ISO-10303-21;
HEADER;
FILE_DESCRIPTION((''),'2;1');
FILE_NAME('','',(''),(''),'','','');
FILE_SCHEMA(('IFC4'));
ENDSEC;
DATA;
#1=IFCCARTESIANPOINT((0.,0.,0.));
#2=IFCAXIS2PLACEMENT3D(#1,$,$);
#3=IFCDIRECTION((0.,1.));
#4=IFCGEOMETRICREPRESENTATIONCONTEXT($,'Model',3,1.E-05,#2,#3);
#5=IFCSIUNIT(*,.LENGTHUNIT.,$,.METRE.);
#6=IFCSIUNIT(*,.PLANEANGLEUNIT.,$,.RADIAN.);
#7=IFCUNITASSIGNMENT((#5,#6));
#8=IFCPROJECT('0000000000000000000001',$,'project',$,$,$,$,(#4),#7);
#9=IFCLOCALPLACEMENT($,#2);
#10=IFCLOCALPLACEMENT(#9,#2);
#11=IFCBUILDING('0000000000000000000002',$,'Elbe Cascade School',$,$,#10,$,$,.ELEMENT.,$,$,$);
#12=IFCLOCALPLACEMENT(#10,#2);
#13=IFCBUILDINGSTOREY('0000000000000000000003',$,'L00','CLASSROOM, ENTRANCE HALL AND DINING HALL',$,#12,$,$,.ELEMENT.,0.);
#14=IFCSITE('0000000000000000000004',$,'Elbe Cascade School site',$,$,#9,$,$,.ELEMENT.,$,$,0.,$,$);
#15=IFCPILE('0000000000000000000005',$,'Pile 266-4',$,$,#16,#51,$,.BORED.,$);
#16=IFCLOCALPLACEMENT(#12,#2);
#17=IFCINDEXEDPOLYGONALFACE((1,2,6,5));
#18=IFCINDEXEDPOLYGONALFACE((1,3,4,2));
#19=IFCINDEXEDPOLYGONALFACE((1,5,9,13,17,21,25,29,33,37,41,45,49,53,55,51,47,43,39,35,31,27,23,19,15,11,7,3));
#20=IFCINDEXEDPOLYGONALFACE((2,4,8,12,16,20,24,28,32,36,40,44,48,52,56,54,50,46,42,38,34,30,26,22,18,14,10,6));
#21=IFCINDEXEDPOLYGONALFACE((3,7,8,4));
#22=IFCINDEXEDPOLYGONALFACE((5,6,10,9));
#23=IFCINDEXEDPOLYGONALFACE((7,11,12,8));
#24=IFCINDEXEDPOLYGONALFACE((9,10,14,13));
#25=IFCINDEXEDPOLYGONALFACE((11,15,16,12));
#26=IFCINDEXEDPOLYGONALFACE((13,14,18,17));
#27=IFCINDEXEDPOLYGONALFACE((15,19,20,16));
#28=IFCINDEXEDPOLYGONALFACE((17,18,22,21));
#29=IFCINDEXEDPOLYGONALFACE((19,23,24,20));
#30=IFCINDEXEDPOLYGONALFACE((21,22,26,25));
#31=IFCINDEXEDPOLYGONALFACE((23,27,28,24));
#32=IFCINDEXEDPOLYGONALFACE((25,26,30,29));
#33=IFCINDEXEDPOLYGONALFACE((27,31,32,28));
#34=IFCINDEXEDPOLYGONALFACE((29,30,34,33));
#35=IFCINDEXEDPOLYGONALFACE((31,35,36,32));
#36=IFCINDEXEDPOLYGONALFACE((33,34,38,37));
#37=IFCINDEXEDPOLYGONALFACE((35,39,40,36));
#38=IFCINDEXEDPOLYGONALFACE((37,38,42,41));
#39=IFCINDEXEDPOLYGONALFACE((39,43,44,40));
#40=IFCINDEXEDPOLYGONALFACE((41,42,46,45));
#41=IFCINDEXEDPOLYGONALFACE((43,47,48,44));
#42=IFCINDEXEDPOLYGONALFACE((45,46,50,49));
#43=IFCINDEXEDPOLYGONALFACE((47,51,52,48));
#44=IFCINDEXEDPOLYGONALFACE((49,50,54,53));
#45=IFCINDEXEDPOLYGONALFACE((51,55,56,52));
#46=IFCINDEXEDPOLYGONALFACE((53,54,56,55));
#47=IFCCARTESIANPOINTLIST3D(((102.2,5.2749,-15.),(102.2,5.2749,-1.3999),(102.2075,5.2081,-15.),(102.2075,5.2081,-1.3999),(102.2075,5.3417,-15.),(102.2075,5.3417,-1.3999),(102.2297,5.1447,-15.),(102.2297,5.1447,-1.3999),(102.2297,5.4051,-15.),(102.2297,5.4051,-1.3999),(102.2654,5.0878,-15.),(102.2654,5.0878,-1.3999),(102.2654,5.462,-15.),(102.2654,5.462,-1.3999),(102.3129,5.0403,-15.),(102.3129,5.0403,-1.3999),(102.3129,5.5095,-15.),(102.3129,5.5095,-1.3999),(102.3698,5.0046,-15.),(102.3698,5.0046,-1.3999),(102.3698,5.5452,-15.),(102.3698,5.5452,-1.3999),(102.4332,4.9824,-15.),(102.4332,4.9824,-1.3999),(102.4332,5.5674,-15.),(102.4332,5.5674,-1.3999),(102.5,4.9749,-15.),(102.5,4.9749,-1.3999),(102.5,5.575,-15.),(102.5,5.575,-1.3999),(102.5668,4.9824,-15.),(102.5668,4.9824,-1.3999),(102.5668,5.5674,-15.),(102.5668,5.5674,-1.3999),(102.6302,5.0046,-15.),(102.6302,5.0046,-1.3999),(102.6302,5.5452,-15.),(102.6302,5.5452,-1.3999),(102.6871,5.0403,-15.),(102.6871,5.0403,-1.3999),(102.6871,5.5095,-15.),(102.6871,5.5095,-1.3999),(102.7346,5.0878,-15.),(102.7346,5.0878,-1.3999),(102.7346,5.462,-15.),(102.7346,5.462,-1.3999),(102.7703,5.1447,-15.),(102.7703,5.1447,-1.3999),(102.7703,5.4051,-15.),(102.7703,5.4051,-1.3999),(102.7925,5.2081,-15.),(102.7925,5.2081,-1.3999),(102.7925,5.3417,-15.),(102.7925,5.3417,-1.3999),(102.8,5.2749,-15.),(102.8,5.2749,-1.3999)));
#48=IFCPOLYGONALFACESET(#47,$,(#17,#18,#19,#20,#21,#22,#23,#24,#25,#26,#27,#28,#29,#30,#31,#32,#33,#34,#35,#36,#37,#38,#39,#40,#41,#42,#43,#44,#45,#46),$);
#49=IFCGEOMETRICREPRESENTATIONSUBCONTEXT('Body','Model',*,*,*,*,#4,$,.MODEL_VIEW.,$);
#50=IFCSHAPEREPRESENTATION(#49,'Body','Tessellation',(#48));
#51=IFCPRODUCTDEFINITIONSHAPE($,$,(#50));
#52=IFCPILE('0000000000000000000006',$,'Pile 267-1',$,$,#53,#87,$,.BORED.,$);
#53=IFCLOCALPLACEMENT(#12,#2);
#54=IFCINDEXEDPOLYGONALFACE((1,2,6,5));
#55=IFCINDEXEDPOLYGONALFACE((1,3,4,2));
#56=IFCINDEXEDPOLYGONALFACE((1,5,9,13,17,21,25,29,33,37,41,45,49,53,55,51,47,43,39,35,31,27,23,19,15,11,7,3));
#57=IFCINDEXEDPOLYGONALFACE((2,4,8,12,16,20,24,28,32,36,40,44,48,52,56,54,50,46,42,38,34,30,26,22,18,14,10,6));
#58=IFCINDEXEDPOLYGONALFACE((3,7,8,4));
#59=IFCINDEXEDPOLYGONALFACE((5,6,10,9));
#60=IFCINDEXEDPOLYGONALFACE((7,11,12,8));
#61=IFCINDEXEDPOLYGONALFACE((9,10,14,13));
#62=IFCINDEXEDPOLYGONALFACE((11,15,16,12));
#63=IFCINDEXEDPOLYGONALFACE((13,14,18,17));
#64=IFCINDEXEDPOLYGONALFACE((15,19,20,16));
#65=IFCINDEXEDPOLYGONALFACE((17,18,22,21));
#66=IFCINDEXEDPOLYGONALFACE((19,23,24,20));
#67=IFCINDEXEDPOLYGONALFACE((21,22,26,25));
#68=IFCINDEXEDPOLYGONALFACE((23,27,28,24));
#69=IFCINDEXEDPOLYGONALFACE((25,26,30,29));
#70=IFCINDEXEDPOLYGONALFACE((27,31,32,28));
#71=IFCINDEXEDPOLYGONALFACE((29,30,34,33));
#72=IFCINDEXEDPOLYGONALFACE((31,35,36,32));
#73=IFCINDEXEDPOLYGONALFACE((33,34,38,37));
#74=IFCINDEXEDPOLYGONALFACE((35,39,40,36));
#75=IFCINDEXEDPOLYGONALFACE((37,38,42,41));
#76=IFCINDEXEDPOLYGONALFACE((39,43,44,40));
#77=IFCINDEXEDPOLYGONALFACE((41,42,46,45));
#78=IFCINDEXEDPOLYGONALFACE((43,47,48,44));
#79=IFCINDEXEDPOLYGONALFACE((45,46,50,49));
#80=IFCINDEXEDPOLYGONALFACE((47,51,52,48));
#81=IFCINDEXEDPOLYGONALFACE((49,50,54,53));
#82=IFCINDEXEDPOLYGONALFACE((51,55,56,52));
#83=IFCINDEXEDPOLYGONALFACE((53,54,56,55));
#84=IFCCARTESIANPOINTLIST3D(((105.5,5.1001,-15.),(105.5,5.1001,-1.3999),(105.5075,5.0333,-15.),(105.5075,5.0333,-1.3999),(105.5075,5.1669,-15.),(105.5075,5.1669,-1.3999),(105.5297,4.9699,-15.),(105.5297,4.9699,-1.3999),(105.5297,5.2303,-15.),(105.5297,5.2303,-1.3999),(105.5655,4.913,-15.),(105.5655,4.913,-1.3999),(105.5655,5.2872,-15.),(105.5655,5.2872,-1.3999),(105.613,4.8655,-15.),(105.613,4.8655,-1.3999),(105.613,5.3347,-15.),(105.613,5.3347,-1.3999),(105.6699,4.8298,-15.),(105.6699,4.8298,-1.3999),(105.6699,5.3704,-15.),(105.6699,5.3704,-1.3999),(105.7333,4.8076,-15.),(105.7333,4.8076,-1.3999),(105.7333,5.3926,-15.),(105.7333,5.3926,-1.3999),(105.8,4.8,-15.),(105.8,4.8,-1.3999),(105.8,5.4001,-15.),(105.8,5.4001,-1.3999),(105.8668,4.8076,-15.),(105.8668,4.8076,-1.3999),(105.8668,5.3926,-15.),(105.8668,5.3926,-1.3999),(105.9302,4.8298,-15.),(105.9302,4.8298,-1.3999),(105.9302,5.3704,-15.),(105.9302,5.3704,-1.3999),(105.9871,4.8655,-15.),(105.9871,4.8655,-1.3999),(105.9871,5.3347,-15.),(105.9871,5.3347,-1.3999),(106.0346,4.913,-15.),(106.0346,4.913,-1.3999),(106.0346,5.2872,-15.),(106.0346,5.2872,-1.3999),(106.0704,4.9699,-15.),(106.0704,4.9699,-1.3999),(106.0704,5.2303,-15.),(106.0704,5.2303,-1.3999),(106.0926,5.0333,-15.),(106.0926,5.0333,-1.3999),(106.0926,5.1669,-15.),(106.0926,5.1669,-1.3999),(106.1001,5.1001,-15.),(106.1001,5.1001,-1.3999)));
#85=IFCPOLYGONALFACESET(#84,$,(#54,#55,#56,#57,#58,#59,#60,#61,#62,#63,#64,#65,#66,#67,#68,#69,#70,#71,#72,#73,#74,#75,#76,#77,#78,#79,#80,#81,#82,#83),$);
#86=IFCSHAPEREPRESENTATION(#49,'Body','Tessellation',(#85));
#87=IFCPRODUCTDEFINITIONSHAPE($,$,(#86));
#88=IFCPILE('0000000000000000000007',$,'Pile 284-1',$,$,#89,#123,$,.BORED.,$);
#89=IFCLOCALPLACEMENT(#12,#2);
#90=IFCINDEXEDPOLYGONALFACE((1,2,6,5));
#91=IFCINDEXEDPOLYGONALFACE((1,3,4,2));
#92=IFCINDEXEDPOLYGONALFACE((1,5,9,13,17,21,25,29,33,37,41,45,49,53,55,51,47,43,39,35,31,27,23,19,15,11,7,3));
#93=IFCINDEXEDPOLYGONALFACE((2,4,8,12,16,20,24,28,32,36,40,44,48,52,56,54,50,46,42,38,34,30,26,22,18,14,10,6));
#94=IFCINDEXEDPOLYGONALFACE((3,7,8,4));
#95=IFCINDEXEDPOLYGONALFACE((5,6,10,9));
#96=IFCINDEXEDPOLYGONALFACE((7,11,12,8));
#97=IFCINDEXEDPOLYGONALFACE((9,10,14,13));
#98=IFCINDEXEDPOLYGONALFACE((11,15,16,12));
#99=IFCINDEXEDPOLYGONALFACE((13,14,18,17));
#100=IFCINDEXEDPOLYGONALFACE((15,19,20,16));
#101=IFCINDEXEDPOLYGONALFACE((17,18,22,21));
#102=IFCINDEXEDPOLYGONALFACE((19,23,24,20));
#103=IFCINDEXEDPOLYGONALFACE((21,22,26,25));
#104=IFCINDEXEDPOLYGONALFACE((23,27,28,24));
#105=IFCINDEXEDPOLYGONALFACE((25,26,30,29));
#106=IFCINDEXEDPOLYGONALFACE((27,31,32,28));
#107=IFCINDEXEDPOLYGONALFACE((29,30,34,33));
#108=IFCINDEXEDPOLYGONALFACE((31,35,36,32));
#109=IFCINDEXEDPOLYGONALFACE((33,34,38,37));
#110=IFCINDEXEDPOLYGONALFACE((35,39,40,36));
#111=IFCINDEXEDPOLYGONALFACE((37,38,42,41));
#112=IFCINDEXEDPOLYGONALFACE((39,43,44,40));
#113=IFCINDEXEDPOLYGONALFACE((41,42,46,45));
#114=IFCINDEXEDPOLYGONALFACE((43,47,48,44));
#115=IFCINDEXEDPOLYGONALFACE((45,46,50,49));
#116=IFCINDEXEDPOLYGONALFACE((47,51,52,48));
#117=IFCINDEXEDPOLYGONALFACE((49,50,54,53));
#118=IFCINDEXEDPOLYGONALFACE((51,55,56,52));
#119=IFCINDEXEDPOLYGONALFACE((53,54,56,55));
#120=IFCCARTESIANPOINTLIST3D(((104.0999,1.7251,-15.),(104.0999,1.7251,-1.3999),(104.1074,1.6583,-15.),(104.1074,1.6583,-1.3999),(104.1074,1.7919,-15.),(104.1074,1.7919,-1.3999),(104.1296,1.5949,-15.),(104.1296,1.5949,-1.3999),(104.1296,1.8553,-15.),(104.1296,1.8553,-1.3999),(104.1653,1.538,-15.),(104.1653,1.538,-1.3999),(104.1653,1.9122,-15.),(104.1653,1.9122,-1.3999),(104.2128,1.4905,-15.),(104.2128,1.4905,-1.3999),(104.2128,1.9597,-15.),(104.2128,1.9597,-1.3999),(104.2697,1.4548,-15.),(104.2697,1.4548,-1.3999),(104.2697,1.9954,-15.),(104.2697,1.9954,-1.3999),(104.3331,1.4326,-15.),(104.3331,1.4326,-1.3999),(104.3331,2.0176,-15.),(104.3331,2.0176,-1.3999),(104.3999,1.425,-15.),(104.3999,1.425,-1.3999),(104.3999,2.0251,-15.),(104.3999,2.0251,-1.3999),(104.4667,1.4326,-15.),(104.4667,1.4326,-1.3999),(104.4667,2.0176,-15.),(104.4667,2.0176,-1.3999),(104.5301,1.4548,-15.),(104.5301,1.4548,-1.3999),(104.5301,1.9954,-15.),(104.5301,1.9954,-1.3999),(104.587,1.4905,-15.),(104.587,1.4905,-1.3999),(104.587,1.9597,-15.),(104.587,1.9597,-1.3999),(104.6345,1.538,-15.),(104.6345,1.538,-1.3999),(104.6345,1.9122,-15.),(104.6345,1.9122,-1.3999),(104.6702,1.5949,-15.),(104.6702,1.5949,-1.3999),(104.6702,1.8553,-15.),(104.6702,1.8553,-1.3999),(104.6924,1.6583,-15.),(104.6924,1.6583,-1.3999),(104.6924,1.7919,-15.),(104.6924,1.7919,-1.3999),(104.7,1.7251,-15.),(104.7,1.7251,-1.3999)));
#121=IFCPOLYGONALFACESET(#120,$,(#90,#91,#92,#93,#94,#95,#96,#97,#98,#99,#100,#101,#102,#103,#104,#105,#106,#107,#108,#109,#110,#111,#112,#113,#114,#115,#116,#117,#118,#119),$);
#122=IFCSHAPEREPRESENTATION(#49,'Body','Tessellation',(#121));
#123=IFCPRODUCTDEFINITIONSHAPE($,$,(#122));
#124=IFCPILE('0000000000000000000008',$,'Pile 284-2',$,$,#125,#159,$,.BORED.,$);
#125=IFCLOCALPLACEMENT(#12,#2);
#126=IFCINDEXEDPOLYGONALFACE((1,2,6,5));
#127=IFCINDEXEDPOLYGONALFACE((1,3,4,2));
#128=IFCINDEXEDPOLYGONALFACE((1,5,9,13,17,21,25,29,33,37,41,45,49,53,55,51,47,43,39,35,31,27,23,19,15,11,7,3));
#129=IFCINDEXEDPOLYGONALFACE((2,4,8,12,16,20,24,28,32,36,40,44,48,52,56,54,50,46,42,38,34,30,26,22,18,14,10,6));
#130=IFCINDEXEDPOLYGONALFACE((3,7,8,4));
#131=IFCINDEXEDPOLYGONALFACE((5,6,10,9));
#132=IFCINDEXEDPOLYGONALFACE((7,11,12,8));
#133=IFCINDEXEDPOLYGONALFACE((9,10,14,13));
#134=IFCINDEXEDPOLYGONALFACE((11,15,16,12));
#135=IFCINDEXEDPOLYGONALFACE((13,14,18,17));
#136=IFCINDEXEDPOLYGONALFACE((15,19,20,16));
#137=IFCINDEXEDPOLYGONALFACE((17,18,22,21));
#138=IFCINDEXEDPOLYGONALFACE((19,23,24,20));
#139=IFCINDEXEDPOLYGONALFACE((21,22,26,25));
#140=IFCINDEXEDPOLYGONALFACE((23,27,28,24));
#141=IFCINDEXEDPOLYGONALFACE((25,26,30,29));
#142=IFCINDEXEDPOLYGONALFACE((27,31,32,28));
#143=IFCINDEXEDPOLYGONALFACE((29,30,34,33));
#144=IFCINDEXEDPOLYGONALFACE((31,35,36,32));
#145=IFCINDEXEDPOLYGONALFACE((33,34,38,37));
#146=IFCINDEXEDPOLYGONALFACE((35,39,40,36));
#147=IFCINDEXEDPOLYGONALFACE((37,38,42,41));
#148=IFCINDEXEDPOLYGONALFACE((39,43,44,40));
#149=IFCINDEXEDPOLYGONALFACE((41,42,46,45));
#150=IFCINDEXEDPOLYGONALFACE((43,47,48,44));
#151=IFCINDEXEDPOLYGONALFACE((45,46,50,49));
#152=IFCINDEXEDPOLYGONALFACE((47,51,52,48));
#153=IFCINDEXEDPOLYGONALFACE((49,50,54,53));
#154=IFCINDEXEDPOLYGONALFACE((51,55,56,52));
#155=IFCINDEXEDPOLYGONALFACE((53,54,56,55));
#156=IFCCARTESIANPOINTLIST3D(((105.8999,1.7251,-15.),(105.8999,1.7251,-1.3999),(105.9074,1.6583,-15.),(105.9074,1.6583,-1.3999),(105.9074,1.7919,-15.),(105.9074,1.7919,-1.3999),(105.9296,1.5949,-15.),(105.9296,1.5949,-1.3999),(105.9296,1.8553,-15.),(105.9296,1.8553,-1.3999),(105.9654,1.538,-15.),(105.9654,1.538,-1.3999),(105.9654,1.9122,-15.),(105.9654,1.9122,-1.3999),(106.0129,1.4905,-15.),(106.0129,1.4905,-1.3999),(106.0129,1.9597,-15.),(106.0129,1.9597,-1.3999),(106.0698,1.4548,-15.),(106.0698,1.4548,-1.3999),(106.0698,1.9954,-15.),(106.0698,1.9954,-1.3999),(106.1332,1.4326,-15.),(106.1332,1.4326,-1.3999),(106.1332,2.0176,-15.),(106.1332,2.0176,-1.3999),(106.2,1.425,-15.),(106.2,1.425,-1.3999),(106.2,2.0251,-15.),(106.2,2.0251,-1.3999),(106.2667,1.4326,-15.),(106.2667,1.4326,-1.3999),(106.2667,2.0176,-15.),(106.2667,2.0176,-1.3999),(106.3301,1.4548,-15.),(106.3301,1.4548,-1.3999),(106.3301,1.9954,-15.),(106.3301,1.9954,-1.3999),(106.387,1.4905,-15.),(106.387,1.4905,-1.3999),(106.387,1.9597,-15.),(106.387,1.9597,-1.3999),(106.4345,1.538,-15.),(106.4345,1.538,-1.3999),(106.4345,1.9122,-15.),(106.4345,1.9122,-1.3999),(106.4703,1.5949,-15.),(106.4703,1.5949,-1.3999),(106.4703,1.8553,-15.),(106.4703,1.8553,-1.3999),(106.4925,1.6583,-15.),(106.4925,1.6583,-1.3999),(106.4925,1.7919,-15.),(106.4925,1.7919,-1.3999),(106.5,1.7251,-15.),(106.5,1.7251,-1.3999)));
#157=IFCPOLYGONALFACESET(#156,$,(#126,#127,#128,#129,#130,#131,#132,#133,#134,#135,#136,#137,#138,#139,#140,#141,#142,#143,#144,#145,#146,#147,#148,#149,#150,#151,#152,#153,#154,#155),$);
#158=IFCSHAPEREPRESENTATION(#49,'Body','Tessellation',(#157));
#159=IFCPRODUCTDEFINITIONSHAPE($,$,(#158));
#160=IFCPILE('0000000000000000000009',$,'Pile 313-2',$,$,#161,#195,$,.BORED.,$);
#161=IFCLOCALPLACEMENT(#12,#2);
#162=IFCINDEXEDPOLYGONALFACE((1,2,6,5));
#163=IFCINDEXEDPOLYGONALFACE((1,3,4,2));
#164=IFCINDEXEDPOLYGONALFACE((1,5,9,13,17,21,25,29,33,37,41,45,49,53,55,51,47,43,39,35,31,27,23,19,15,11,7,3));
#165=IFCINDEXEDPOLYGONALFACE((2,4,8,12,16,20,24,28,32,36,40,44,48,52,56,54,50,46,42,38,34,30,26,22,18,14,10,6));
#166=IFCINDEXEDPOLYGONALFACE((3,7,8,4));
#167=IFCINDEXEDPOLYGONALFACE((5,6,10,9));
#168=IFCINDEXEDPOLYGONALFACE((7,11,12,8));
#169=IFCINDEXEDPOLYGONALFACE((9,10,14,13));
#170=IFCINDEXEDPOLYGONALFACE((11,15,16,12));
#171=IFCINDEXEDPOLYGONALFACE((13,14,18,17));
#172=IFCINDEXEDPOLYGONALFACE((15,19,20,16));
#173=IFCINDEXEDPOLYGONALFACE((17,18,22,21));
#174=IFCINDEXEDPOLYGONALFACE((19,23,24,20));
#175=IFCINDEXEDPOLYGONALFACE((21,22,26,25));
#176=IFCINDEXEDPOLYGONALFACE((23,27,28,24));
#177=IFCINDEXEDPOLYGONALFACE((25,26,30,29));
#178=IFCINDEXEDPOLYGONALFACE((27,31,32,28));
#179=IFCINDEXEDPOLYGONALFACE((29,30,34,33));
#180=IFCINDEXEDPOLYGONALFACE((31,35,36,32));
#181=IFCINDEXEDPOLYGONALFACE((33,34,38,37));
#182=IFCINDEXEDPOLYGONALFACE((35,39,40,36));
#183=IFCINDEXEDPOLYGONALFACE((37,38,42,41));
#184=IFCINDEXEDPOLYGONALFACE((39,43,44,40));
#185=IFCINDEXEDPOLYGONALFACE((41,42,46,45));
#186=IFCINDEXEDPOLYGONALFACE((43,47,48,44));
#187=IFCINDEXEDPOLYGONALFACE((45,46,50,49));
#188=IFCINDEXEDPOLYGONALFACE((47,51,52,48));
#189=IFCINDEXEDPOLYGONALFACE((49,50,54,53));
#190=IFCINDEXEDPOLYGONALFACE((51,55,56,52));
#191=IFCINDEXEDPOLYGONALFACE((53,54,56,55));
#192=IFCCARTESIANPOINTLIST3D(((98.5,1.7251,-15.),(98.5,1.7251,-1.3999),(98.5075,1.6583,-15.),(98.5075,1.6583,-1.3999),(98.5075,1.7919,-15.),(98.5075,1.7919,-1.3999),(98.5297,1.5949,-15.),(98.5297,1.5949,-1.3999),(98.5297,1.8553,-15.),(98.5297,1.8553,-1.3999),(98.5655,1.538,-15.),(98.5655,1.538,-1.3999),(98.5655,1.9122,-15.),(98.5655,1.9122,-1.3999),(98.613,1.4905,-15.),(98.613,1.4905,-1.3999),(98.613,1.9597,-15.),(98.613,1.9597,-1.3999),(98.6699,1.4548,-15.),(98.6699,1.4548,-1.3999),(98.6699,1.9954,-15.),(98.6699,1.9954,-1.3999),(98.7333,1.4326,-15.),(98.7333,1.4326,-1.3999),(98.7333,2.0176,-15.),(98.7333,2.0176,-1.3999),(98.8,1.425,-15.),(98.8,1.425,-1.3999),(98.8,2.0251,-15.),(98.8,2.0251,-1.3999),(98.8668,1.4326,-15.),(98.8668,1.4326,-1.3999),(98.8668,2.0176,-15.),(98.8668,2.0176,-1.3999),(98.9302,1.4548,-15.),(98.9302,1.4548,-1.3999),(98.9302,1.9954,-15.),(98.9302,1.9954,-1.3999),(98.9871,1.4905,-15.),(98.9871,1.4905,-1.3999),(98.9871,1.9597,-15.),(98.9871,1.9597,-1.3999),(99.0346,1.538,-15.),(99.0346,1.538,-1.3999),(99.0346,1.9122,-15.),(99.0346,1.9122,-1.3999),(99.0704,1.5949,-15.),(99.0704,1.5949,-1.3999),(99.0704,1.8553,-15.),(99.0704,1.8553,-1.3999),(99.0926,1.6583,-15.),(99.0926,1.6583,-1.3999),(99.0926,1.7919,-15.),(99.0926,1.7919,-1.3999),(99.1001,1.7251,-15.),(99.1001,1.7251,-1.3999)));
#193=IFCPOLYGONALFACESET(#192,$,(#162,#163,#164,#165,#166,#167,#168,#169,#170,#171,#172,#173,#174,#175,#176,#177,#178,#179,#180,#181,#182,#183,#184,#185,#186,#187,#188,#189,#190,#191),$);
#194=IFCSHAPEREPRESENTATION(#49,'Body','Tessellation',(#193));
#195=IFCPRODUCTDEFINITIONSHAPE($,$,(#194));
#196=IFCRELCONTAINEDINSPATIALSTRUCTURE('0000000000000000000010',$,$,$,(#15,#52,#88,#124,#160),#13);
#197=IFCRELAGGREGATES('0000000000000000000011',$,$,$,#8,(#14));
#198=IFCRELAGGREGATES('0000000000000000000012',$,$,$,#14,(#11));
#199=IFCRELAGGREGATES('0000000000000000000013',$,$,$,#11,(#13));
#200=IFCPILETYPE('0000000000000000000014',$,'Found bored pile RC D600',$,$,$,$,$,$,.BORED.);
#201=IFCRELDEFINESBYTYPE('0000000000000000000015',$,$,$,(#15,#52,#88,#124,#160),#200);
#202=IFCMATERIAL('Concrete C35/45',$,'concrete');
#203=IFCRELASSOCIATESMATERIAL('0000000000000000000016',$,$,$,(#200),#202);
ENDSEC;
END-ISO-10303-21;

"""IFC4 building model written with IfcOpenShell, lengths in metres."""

from ifc_helpers import new_model, si_unit, direction, frame, origin, origin_2d, place, context, subcontext, project, spatial, circle, extrude, material, material_profile, profile_set, type_object, element, save


model = new_model("IFC4")

# Units and contexts
model_context = context("Model", 3, precision=1e-05, world=origin(), true_north=direction((0.0, 1.0)))
body_context = subcontext(model_context, "Body", "Model", "MODEL_VIEW")
ifc_project = project(units=[si_unit("LENGTHUNIT", "METRE"), si_unit("PLANEANGLEUNIT", "RADIAN")], contexts=[model_context])

# Site, building, storey
site_placement = place(None, origin())
site = spatial("IfcSite", under=ifc_project, at=site_placement, Name="Elbe Cascade School site", CompositionType="ELEMENT", RefElevation=0.0)
building_placement = place(site_placement, origin())
building = spatial("IfcBuilding", under=site, at=building_placement, Name="Elbe Cascade School", CompositionType="ELEMENT")
storey_placement = place(building_placement, origin())
storey = spatial("IfcBuildingStorey", under=building, at=storey_placement, Name="L00", Description="CLASSROOM, ENTRANCE HALL AND DINING HALL", CompositionType="ELEMENT", Elevation=0.0)

# Piles
ifc_material_1 = material(Name="Concrete C35/45", Category="concrete")
ifc_material_profile_1 = material_profile(ifc_material_1, circle(Radius=0.3, at=origin_2d()), Name="RC D600")
ifc_profile_set_1 = profile_set([ifc_material_profile_1], Name="Concrete C35/45")
pile_type = type_object("IfcPileType", Name="Found bored pile RC D600", PredefinedType="BORED", material=ifc_profile_set_1)
for number, where, z_axis, x_axis, name in (
    (1, (102.5, 5.2749, -1.3999), (0.0, 0.0, -1.0), (1.0, 0.0, 0.0), "Pile 266-4"),
    (2, (105.8, 5.1001, -1.3999), (0.0, 0.0, -1.0), (1.0, 0.0, 0.0), "Pile 267-1"),
    (3, (104.3999, 1.7251, -1.3999), (0.0, 0.0, -1.0), (1.0, 0.0, 0.0), "Pile 284-1"),
    (4, (106.2, 1.7251, -1.3999), (0.0, 0.0, -1.0), (1.0, 0.0, 0.0), "Pile 284-2"),
    (5, (98.8, 1.7251, -1.3999), (0.0, 0.0, -1.0), (1.0, 0.0, 0.0), "Pile 313-2"),
):
    element("IfcPile", number, at=place(storey_placement, frame(where, z_axis=z_axis, x_axis=x_axis)), inside=storey, type_object=pile_type, Name=name, PredefinedType="BORED", context=body_context, shape_type="SweptSolid", body=[
        extrude(circle(Radius=0.3, at=origin_2d()), origin(), (0.0, 0.0, 1.0), 13.6001),
    ])

save(model, "model.ifc")
